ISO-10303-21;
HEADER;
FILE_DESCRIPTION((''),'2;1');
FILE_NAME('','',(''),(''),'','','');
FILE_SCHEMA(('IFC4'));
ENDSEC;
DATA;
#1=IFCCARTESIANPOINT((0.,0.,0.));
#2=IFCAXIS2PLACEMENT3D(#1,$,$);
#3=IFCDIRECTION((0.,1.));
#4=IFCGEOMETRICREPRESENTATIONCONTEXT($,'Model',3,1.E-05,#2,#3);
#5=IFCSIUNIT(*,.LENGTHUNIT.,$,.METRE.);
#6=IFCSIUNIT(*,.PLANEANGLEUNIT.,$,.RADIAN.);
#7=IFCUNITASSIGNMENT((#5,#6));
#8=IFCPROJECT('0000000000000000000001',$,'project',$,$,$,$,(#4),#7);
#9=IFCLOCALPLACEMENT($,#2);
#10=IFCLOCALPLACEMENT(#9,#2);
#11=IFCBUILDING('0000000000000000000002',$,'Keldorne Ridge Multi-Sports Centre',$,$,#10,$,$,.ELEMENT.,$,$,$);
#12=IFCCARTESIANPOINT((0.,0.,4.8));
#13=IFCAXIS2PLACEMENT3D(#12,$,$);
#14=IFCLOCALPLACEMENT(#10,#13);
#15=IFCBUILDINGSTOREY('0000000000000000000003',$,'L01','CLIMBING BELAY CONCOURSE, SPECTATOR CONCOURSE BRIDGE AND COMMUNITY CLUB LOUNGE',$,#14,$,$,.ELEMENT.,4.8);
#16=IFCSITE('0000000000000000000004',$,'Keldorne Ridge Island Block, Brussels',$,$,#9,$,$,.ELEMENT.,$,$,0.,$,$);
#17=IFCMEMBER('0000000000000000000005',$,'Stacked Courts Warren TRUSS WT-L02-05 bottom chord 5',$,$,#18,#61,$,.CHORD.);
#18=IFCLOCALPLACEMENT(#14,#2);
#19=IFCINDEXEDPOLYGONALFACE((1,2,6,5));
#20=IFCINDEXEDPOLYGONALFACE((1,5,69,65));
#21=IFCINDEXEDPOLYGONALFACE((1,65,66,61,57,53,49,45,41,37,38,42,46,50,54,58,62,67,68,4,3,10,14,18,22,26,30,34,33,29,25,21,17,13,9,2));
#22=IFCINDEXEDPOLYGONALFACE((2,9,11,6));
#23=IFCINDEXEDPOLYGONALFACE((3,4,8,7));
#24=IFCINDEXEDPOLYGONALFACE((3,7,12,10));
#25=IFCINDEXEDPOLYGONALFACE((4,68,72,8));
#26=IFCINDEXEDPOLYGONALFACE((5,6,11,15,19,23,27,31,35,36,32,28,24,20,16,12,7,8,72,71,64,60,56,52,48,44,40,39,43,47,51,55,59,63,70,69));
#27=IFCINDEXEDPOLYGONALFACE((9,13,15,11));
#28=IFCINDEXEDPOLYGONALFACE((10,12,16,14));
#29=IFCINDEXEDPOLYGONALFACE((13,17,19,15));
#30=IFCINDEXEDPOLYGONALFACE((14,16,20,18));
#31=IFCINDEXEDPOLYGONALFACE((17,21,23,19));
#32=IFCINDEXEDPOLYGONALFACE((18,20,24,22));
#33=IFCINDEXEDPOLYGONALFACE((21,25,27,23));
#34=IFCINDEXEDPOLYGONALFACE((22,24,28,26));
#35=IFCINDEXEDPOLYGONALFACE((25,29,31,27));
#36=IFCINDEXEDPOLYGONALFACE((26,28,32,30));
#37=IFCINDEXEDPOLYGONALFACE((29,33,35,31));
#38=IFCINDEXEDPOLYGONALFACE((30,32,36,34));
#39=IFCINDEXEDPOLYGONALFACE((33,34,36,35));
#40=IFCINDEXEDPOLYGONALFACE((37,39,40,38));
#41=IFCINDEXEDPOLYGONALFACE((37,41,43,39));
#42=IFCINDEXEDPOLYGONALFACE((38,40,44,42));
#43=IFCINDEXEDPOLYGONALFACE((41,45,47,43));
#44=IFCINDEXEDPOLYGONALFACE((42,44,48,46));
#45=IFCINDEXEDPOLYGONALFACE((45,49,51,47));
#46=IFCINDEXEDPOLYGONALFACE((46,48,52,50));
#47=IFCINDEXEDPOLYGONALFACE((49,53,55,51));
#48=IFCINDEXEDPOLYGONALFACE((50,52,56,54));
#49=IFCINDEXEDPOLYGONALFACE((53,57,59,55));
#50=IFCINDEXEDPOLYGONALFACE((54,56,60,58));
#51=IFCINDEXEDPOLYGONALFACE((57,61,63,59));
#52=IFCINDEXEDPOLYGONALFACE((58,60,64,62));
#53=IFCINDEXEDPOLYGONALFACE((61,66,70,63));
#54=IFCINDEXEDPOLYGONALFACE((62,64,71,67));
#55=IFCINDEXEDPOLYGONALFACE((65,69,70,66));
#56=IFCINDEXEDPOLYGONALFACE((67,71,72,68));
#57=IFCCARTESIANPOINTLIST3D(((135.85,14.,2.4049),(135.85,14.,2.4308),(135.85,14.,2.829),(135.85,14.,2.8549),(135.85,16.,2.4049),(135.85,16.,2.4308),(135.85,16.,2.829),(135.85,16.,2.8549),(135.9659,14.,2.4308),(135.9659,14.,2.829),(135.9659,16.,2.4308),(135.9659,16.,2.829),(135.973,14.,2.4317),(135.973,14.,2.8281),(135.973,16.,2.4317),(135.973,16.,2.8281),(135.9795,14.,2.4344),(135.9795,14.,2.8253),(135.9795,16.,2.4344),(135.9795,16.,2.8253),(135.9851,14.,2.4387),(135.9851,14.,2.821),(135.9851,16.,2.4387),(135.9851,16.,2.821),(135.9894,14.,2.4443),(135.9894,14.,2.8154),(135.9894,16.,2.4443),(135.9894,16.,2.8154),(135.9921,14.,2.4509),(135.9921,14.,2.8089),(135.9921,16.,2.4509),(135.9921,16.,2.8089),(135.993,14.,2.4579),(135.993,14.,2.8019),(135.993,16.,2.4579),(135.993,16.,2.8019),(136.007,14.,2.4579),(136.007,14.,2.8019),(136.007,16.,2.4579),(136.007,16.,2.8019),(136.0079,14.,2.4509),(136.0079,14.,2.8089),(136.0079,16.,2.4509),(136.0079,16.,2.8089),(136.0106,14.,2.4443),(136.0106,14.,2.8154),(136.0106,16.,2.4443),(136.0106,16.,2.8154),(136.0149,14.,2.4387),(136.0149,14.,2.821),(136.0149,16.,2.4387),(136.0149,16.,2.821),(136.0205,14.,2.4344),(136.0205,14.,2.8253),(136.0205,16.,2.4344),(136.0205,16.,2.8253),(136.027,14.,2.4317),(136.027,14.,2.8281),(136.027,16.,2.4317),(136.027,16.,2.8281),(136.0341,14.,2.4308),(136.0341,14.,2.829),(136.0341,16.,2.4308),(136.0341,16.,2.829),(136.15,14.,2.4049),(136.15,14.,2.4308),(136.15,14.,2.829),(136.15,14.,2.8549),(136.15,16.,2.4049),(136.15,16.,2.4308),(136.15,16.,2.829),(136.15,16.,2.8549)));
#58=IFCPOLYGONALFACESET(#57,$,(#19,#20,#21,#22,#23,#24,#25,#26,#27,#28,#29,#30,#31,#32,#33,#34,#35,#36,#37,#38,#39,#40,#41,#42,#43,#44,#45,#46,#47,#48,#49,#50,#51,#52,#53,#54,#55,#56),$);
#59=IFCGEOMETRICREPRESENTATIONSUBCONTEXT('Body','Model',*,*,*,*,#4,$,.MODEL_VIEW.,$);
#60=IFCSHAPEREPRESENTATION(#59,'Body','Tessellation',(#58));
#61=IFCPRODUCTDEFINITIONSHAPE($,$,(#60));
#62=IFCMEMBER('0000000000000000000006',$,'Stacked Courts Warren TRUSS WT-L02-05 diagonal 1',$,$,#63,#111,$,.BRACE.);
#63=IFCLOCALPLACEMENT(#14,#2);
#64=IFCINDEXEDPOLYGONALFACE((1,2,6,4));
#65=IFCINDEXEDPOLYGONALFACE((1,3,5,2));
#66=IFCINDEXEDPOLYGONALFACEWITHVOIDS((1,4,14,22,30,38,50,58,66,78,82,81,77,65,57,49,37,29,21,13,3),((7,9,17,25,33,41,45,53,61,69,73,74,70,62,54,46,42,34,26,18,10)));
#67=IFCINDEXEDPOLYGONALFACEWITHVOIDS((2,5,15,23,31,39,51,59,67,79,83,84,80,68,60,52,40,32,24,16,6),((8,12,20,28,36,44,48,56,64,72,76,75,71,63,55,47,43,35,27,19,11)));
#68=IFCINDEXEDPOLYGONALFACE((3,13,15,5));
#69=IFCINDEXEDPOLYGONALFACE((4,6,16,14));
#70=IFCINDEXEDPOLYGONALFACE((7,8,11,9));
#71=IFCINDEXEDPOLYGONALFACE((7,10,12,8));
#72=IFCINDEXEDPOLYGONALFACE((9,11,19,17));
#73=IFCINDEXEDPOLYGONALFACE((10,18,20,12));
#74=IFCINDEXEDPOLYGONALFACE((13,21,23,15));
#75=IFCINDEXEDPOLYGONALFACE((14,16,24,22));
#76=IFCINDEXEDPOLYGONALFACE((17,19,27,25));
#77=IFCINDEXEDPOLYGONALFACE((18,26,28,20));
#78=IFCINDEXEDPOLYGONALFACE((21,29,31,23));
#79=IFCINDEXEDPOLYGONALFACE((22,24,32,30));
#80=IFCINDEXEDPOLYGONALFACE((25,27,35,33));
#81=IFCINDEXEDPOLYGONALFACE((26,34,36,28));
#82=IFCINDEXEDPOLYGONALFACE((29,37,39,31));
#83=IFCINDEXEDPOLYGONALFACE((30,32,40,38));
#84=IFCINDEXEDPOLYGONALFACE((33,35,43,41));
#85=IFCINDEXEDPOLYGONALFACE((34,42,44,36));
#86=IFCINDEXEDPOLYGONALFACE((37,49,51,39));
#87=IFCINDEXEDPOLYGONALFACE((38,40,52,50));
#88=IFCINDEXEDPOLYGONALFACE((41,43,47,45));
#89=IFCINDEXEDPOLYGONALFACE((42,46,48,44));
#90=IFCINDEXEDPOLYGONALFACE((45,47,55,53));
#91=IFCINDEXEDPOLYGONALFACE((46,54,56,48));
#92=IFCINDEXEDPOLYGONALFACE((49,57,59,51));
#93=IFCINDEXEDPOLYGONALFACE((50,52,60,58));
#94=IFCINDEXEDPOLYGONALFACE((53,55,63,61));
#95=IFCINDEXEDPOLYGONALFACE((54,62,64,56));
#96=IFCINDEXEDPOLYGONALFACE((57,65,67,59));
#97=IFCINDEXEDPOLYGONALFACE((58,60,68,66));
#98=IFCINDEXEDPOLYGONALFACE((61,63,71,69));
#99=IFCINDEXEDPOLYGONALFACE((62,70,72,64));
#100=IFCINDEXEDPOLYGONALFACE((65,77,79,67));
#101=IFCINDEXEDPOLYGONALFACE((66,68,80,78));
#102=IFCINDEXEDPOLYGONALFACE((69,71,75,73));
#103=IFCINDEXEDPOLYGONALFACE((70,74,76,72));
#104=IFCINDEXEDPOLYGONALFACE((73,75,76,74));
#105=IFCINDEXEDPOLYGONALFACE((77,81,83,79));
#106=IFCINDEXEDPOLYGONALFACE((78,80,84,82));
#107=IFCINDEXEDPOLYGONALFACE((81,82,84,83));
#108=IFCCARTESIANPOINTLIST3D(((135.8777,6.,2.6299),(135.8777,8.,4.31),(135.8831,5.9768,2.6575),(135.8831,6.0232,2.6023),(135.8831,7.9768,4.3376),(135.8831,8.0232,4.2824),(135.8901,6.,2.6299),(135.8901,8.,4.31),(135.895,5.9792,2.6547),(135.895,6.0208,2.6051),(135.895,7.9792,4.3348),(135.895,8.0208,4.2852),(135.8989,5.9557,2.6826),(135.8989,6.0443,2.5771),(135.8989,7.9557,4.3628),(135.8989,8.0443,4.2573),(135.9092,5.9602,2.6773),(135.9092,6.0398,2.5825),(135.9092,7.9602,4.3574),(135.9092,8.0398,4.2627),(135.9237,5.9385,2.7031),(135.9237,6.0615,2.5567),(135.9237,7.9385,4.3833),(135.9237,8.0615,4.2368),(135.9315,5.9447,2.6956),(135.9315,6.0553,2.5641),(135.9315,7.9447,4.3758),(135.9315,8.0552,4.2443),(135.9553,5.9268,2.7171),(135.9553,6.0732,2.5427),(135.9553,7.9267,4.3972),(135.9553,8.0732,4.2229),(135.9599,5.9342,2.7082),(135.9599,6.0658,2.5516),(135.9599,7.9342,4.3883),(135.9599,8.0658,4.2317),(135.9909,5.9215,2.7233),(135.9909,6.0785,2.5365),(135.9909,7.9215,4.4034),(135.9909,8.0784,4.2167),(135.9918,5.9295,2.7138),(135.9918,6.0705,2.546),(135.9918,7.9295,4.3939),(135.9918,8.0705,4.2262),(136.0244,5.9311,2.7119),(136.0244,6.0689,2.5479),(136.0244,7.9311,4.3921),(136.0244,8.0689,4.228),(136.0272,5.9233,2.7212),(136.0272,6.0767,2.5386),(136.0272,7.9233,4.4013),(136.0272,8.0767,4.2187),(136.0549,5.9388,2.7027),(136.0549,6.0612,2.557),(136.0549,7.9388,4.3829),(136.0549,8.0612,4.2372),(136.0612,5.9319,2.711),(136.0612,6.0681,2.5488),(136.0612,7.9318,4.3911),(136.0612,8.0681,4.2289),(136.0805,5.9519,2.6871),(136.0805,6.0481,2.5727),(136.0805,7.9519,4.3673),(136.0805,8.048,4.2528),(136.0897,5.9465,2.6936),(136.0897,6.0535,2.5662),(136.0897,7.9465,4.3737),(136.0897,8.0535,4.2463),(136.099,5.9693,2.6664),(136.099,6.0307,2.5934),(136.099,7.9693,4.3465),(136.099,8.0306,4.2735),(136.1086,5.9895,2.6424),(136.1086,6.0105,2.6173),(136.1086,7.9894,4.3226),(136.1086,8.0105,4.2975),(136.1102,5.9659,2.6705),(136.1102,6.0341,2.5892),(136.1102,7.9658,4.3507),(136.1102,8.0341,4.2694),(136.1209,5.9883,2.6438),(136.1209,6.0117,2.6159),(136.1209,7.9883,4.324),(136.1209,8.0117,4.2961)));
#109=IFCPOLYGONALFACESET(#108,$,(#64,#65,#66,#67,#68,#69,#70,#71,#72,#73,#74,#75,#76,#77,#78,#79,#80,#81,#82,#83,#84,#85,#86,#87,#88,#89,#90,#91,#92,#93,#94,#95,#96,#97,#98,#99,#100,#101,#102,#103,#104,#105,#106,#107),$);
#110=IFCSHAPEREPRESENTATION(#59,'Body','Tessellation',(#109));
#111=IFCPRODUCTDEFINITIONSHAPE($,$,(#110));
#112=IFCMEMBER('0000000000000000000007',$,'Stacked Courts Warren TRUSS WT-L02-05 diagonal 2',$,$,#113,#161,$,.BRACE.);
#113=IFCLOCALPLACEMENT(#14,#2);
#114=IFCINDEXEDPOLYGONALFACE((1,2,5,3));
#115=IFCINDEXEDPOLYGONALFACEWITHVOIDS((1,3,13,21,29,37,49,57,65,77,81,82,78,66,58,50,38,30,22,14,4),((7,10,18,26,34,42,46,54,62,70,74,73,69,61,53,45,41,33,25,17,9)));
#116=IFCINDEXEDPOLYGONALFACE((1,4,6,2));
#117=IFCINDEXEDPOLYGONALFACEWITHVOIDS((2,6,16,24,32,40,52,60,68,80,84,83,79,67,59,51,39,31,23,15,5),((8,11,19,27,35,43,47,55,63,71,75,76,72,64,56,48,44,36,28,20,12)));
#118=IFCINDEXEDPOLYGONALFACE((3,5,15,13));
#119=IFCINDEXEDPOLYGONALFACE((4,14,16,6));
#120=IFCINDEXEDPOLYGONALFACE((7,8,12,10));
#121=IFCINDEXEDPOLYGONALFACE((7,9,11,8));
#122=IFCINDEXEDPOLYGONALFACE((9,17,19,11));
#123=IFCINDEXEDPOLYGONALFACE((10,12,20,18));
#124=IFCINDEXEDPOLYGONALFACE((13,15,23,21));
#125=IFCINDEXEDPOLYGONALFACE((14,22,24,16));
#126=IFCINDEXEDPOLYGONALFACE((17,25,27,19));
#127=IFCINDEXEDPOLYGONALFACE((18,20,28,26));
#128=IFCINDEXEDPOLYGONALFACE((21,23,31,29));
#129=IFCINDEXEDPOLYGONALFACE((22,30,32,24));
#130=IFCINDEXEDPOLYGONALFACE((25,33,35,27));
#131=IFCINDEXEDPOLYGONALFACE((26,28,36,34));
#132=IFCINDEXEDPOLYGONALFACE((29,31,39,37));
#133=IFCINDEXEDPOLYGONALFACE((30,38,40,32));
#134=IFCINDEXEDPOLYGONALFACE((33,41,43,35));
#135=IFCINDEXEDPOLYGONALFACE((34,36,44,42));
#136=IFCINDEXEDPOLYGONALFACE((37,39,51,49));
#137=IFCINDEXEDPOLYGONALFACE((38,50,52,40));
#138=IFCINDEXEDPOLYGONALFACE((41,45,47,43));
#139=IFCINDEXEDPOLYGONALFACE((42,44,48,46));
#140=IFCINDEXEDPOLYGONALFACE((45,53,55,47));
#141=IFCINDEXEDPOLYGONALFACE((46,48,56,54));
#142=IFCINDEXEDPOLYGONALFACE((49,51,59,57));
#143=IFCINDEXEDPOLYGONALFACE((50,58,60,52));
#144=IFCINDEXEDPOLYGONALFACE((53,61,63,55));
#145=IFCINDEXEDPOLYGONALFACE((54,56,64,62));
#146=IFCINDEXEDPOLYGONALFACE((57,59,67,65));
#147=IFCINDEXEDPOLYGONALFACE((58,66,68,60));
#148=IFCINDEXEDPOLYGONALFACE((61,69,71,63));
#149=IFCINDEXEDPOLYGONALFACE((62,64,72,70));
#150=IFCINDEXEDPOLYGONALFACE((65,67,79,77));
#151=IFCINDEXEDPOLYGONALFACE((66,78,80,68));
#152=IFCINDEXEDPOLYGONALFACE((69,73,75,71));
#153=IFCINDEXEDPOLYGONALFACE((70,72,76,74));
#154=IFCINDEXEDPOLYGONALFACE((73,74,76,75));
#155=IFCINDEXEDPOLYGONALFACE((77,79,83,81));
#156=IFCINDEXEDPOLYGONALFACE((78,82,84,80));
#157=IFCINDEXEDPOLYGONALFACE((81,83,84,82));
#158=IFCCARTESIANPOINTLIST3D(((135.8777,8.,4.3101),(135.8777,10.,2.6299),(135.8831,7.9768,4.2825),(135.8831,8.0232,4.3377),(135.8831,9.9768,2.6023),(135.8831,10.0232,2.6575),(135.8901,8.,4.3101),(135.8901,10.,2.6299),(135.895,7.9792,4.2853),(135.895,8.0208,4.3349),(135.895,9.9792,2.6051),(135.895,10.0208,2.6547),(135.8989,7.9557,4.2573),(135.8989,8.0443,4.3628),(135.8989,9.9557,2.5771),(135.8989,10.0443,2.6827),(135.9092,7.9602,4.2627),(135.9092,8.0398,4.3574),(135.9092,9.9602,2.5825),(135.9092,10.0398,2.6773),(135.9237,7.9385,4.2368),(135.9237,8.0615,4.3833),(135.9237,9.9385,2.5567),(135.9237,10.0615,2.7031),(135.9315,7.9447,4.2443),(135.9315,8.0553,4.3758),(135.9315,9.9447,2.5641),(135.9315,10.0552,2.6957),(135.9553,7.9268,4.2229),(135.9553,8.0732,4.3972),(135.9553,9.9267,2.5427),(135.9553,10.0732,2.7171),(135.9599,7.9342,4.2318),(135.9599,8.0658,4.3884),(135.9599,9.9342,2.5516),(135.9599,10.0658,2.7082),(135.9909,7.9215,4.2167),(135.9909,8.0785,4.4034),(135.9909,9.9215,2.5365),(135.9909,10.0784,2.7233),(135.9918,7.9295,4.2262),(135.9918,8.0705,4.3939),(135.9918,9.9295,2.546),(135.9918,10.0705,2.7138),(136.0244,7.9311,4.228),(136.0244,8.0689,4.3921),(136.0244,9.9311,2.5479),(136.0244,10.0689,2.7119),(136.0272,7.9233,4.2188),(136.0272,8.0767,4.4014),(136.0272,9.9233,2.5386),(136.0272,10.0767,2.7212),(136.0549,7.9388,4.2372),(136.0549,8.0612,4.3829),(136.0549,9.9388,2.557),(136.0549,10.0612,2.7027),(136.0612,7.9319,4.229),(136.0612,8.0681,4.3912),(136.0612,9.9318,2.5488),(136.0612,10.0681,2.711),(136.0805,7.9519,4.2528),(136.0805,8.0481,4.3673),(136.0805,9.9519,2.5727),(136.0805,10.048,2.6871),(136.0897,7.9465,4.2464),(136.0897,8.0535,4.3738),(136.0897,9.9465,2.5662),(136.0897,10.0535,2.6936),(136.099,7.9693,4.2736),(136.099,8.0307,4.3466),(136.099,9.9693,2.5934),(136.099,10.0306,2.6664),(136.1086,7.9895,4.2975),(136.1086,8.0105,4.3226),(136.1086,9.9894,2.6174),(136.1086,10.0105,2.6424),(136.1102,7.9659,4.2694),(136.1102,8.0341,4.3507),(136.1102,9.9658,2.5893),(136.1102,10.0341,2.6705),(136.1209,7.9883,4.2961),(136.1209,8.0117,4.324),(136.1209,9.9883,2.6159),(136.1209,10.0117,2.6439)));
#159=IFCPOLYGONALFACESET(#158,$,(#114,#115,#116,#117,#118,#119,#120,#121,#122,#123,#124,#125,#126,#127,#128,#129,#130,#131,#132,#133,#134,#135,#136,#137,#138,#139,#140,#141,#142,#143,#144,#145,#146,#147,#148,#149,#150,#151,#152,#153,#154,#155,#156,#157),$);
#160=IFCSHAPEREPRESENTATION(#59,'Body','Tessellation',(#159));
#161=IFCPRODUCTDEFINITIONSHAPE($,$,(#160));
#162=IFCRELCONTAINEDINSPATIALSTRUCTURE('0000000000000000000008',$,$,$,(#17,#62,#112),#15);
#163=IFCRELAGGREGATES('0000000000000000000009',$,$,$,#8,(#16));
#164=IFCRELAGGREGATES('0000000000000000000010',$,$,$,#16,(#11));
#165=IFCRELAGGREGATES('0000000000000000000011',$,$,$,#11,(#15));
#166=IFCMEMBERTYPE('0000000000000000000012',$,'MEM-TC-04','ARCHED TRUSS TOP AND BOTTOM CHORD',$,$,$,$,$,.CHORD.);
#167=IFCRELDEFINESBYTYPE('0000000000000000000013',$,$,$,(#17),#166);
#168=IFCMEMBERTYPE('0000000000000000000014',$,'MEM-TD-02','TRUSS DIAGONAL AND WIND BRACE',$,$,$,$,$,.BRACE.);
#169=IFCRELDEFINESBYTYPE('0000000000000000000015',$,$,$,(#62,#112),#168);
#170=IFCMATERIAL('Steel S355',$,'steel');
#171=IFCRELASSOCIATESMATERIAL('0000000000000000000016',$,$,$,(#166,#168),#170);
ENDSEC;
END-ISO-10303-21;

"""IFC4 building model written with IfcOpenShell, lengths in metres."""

from ifc_helpers import new_model, si_unit, direction, frame, origin, origin_2d, place, context, subcontext, project, spatial, hollow_circle, i_section, extrude, material, material_profile, profile_set, type_object, element, save


model = new_model("IFC4")

# Units and contexts
model_context = context("Model", 3, precision=1e-05, world=origin(), true_north=direction((0.0, 1.0)))
body_context = subcontext(model_context, "Body", "Model", "MODEL_VIEW")
ifc_project = project(units=[si_unit("LENGTHUNIT", "METRE"), si_unit("PLANEANGLEUNIT", "RADIAN")], contexts=[model_context])

# Site, building, storey
site_placement = place(None, origin())
site = spatial("IfcSite", under=ifc_project, at=site_placement, Name="Keldorne Ridge Island Block, Brussels", CompositionType="ELEMENT", RefElevation=0.0)
building_placement = place(site_placement, origin())
building = spatial("IfcBuilding", under=site, at=building_placement, Name="Keldorne Ridge Multi-Sports Centre", CompositionType="ELEMENT")
storey_placement = place(building_placement, frame((0.0, 0.0, 4.8)))
storey = spatial("IfcBuildingStorey", under=building, at=storey_placement, Name="L01", Description="CLIMBING BELAY CONCOURSE, SPECTATOR CONCOURSE BRIDGE AND COMMUNITY CLUB LOUNGE", CompositionType="ELEMENT", Elevation=4.8)

# Shared definitions
ifc_material_1 = material(Name="Steel S355", Category="steel")

# Members
ifc_material_profile_1 = material_profile(ifc_material_1, i_section(OverallWidth=0.3, OverallDepth=0.45, WebThickness=0.0139, FlangeThickness=0.0259, FilletRadius=0.0271, at=origin_2d()), Name="HEB 450")
ifc_profile_set_1 = profile_set([ifc_material_profile_1], Name="Steel S355")
member_type_1 = type_object("IfcMemberType", Name="MEM-TC-04", Description="ARCHED TRUSS TOP AND BOTTOM CHORD", PredefinedType="CHORD", material=ifc_profile_set_1)
for number, where, z_axis, x_axis, name in (
    (1, (136.0, 14.0, 2.6299), (0.0, 1.0, 0.0), (-1.0, 0.0, 0.0), "Stacked Courts Warren TRUSS WT-L02-05 bottom chord 5"),
):
    element("IfcMember", number, at=place(storey_placement, frame(where, z_axis=z_axis, x_axis=x_axis)), inside=storey, type_object=member_type_1, Name=name, PredefinedType="CHORD", context=body_context, shape_type="SweptSolid", body=[
        extrude(i_section(OverallWidth=0.3, OverallDepth=0.45, WebThickness=0.0139, FlangeThickness=0.0259, FilletRadius=0.0271, at=origin_2d()), origin(), (0.0, 0.0, 1.0), 2.0),
    ])
ifc_material_profile_2 = material_profile(ifc_material_1, hollow_circle(Radius=0.1223, WallThickness=0.0125, at=origin_2d()), Name="CHS 244.5x12.5")
ifc_profile_set_2 = profile_set([ifc_material_profile_2], Name="Steel S355")
member_type_2 = type_object("IfcMemberType", Name="MEM-TD-02", Description="TRUSS DIAGONAL AND WIND BRACE", PredefinedType="BRACE", material=ifc_profile_set_2)
for number, where, z_axis, x_axis, name in (
    (2, (136.0, 6.0, 2.6299), (0.0, 0.765672, 0.643232), (-1.0, 0.0, 0.0), "Stacked Courts Warren TRUSS WT-L02-05 diagonal 1"),
    (3, (136.0, 8.0, 4.3101), (0.0, 0.765672, -0.643232), (-1.0, 0.0, 0.0), "Stacked Courts Warren TRUSS WT-L02-05 diagonal 2"),
):
    element("IfcMember", number, at=place(storey_placement, frame(where, z_axis=z_axis, x_axis=x_axis)), inside=storey, type_object=member_type_2, Name=name, PredefinedType="BRACE", context=body_context, shape_type="SweptSolid", body=[
        extrude(hollow_circle(Radius=0.1223, WallThickness=0.0125, at=origin_2d()), origin(), (0.0, 0.0, 1.0), 2.6121),
    ])

save(model, "model.ifc")
